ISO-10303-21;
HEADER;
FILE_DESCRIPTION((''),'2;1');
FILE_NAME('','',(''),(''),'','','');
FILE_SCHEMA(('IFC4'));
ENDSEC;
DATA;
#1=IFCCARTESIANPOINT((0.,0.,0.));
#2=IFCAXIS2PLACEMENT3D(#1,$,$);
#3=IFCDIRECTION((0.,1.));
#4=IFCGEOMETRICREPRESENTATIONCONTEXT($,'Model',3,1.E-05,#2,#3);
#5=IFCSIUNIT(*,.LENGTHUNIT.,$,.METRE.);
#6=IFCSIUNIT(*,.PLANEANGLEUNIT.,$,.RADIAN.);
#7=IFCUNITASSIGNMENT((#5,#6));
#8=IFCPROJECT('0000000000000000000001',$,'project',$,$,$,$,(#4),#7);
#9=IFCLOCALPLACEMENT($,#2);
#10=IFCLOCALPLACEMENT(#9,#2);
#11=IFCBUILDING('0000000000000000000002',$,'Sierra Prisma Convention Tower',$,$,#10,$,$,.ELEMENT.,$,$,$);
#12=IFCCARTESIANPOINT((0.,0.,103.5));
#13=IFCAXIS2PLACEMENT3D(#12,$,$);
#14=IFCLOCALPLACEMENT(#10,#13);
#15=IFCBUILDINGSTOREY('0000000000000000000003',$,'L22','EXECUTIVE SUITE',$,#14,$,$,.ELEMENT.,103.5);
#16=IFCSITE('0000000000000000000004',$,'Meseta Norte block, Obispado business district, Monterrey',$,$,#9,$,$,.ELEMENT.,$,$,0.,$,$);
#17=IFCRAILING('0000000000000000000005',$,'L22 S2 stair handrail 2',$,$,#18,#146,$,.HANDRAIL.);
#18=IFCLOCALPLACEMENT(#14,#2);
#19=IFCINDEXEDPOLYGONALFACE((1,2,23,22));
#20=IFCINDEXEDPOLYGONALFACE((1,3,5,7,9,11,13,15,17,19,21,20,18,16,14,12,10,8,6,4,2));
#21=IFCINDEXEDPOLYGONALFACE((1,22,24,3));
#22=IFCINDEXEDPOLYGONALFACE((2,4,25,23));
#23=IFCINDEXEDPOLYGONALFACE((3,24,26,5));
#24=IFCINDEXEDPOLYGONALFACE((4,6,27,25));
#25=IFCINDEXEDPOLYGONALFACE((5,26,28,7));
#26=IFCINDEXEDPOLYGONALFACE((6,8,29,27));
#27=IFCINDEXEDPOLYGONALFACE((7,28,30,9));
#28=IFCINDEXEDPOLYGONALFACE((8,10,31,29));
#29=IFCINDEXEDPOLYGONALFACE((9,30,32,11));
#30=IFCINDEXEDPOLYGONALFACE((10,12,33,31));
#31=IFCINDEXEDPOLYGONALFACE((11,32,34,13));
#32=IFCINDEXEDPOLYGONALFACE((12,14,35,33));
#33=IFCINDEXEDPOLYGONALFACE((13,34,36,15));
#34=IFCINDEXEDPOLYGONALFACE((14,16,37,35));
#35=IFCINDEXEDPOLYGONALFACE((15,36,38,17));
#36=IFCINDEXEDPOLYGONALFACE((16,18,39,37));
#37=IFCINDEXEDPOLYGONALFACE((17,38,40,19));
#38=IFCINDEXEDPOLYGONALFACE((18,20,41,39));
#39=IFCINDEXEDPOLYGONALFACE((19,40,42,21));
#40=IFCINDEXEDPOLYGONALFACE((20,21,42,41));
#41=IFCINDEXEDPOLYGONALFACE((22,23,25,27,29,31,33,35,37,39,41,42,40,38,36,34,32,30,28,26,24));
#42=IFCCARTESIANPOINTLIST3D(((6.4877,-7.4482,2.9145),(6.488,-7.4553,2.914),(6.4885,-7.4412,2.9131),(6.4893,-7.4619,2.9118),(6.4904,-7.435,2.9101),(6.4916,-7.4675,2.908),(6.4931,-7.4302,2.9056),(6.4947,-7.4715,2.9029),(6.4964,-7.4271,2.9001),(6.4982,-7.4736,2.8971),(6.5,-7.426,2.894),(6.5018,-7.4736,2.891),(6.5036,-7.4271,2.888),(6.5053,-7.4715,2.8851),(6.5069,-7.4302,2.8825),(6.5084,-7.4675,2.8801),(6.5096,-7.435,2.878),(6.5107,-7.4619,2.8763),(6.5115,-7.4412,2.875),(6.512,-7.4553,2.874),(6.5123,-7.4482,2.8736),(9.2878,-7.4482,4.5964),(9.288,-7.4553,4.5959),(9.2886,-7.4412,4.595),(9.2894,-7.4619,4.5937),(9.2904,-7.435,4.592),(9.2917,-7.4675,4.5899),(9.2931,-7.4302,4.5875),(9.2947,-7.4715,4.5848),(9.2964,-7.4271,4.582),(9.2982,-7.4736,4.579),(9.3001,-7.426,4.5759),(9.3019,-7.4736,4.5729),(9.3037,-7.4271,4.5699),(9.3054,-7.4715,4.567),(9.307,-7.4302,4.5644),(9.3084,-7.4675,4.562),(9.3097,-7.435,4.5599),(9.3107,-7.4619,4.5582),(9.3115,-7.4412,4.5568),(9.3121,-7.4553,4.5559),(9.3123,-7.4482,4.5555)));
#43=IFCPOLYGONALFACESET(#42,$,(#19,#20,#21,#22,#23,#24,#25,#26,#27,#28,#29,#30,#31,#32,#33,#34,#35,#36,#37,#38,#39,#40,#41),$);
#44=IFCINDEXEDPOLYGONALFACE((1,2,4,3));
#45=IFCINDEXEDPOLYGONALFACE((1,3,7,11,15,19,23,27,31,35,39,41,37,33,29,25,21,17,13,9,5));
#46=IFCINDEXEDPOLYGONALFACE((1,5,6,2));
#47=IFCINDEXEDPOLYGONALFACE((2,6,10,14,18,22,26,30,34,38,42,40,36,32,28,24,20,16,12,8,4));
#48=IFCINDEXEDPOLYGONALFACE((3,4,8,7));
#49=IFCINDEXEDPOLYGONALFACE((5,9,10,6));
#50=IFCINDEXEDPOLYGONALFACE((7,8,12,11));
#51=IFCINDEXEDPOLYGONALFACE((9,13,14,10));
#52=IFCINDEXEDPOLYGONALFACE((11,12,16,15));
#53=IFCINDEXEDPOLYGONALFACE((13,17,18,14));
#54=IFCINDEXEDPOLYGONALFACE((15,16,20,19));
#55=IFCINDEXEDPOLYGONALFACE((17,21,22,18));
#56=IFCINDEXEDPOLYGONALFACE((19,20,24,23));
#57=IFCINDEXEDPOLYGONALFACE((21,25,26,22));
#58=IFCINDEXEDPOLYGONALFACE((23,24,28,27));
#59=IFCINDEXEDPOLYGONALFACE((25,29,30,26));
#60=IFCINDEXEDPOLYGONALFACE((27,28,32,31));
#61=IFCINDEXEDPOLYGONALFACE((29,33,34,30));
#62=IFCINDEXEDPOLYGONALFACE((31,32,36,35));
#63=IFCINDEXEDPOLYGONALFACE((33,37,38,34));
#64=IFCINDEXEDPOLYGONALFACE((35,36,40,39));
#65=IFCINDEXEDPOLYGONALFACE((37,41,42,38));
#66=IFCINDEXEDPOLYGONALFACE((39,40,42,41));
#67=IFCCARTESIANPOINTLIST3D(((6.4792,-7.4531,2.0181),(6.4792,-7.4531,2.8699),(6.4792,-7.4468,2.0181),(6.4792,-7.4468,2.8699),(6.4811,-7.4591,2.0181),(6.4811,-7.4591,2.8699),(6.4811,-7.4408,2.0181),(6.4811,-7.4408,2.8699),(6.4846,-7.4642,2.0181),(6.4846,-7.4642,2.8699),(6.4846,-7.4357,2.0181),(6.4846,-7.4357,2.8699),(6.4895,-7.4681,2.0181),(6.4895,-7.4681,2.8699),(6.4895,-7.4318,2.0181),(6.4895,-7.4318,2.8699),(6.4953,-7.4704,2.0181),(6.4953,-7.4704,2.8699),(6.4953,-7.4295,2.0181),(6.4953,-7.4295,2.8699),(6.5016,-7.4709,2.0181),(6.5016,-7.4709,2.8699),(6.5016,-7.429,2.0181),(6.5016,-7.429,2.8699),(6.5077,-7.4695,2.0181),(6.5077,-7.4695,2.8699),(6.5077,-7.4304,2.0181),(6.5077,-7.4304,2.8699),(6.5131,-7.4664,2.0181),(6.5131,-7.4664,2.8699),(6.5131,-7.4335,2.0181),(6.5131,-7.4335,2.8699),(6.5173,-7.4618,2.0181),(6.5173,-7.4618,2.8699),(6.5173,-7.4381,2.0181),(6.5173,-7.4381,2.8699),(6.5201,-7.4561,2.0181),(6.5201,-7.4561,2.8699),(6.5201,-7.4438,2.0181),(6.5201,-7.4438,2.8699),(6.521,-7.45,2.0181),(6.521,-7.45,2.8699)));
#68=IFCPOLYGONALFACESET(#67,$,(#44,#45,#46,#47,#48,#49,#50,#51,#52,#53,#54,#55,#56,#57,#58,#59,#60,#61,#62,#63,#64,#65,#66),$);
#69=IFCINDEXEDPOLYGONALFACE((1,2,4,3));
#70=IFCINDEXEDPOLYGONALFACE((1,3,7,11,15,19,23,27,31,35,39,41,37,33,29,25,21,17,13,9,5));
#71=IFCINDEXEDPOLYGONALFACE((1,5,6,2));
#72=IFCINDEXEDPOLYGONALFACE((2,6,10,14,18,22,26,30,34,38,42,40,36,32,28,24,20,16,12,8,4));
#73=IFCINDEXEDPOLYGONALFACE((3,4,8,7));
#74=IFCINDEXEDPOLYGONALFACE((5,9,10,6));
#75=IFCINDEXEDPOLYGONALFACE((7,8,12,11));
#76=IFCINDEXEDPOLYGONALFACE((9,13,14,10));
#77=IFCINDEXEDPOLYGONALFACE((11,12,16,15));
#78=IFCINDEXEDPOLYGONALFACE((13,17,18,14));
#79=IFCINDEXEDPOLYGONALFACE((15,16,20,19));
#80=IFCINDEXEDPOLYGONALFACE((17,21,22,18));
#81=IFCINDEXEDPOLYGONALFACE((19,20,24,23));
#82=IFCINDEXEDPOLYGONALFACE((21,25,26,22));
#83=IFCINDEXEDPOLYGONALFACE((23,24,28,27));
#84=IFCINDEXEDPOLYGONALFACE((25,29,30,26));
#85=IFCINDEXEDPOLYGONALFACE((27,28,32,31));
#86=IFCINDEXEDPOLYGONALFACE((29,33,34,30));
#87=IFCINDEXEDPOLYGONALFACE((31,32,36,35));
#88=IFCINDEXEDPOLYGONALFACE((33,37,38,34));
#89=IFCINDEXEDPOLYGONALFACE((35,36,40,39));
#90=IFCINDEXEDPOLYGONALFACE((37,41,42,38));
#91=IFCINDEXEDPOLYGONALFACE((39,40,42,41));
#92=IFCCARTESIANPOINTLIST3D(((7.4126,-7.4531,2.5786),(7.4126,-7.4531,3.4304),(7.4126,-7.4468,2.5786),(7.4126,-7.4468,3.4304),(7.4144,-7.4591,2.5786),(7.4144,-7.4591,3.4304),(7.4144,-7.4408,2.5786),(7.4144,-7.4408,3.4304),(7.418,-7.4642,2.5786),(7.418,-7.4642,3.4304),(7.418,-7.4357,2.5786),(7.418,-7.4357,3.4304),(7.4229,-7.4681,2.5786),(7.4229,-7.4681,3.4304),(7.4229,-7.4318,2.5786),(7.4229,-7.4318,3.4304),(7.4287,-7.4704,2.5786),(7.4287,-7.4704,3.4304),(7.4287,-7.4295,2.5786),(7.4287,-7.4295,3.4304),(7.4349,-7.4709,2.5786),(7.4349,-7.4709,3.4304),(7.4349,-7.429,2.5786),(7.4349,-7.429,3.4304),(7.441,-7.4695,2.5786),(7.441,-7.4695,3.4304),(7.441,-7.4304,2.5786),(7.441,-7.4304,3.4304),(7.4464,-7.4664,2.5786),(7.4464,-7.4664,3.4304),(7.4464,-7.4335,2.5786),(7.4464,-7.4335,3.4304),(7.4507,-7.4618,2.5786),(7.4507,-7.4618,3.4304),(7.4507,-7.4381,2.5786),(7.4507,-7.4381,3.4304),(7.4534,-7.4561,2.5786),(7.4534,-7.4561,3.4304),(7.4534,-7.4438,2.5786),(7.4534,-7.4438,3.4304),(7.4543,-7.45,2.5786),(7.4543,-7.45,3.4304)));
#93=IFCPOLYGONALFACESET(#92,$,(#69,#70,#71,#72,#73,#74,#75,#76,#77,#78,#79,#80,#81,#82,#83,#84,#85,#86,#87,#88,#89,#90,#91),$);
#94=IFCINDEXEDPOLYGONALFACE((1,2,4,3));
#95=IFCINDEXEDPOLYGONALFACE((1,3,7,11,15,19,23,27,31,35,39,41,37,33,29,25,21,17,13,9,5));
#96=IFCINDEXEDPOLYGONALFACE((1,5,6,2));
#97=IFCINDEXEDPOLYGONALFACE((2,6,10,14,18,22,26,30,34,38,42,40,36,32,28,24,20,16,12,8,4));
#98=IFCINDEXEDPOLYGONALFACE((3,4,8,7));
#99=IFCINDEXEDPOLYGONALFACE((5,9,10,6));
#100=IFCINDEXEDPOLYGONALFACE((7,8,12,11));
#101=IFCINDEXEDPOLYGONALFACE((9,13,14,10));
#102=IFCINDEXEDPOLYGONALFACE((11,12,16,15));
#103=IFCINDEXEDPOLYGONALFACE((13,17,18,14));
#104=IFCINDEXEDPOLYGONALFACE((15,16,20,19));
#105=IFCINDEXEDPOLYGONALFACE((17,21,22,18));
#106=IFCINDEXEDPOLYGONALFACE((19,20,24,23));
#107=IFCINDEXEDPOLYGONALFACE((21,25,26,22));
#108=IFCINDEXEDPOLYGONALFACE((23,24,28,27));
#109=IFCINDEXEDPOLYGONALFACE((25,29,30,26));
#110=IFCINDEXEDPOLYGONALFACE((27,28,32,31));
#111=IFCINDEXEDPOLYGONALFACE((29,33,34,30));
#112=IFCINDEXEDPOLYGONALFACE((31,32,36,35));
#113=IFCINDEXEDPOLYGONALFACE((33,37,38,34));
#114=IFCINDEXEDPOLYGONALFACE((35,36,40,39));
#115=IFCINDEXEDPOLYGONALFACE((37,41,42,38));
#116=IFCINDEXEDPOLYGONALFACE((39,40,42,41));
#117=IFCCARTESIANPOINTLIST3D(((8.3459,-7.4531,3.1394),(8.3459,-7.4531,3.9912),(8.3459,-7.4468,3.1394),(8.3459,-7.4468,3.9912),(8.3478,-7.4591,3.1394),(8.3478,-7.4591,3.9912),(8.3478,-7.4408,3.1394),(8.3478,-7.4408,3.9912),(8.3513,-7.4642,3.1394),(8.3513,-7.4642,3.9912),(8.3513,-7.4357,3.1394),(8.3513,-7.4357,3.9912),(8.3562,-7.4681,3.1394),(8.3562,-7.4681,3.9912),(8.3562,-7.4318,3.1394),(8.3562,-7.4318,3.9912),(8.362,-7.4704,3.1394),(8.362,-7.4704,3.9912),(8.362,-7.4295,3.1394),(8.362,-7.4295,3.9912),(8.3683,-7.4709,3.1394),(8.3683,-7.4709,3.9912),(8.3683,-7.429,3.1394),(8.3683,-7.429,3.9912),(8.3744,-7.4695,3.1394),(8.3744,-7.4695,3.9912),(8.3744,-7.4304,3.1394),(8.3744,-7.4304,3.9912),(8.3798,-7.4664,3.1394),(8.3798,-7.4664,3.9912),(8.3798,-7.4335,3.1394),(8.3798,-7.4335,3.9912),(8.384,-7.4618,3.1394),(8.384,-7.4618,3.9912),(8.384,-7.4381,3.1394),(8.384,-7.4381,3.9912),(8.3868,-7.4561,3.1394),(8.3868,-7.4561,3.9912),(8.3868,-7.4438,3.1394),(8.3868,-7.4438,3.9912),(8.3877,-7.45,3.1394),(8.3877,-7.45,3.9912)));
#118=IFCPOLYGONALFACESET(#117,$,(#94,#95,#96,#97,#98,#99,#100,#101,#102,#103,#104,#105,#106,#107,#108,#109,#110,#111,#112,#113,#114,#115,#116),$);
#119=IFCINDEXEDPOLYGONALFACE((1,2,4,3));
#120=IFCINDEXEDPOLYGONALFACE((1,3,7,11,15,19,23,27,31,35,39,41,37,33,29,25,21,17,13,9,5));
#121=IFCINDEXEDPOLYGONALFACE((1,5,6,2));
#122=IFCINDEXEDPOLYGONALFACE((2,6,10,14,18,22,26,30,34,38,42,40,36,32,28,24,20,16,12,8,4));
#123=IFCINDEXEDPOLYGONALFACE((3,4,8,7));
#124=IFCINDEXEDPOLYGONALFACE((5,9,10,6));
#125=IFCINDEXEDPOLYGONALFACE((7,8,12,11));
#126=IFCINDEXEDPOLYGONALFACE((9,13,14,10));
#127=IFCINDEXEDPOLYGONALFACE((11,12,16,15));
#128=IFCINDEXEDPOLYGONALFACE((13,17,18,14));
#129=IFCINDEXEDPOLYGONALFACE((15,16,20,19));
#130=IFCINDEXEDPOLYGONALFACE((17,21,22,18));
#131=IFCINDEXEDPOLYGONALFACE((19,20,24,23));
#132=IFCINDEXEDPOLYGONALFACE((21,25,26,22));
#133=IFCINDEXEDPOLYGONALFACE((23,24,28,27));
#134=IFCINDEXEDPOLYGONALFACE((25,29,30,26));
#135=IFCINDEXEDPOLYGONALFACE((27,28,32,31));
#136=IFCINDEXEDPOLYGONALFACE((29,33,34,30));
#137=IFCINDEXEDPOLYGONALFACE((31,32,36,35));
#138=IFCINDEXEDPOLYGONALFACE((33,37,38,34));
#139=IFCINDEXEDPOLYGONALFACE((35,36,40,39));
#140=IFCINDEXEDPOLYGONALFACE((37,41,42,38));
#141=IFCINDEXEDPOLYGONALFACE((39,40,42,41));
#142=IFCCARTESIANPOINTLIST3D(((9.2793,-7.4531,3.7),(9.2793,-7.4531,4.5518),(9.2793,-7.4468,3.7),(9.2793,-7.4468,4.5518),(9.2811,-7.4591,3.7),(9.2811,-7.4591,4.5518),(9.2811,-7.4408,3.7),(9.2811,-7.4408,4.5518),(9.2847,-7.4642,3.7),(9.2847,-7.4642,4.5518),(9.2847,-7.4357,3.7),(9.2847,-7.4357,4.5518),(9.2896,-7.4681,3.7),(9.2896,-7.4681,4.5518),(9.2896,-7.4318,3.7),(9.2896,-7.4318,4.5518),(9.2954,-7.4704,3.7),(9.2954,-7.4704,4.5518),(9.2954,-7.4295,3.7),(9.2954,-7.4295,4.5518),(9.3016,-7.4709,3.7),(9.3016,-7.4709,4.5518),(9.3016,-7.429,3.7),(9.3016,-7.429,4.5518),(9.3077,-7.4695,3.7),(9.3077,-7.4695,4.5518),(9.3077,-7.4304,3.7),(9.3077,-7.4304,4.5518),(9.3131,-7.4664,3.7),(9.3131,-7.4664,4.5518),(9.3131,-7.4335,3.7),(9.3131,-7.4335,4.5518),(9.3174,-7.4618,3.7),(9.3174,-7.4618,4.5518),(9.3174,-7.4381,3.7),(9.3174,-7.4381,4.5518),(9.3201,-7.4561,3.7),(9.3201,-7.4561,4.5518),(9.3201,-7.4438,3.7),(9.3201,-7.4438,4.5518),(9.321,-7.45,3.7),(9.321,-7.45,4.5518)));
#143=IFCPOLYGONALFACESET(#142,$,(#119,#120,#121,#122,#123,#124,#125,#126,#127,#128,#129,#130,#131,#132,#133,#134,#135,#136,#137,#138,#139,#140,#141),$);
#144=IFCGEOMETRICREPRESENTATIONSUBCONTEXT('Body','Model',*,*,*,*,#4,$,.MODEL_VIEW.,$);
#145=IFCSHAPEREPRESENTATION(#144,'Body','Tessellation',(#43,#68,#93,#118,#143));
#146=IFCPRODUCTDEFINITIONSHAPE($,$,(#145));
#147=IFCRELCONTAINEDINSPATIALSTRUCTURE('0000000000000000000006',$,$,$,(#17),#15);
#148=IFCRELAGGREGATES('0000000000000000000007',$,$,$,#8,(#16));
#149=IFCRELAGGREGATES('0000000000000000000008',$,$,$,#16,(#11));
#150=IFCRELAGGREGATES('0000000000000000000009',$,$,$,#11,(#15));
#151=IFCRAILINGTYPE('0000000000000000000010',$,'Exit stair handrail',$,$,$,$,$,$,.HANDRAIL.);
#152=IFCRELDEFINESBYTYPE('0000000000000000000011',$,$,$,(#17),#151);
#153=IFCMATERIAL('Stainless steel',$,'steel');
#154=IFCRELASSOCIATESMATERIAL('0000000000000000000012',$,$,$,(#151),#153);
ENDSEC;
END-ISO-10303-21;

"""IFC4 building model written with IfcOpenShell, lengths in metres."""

from ifc_helpers import new_model, si_unit, direction, frame, origin, origin_2d, place, context, subcontext, project, spatial, circle, extrude, material, type_object, element, save


model = new_model("IFC4")

# Units and contexts
model_context = context("Model", 3, precision=1e-05, world=origin(), true_north=direction((0.0, 1.0)))
body_context = subcontext(model_context, "Body", "Model", "MODEL_VIEW")
ifc_project = project(units=[si_unit("LENGTHUNIT", "METRE"), si_unit("PLANEANGLEUNIT", "RADIAN")], contexts=[model_context])

# Site, building, storey
site_placement = place(None, origin())
site = spatial("IfcSite", under=ifc_project, at=site_placement, Name="Meseta Norte block, Obispado business district, Monterrey", CompositionType="ELEMENT", RefElevation=0.0)
building_placement = place(site_placement, origin())
building = spatial("IfcBuilding", under=site, at=building_placement, Name="Sierra Prisma Convention Tower", CompositionType="ELEMENT")
storey_placement = place(building_placement, frame((0.0, 0.0, 103.5)))
storey = spatial("IfcBuildingStorey", under=building, at=storey_placement, Name="L22", Description="EXECUTIVE SUITE", CompositionType="ELEMENT", Elevation=103.5)

# Railing
ifc_material_1 = material(Name="Stainless steel", Category="steel")
railing_type_1 = type_object("IfcRailingType", Name="Exit stair handrail", PredefinedType="HANDRAIL", material=ifc_material_1)
railing_1_placement = place(storey_placement, frame((6.5, -7.45, 2.0181)))
element("IfcRailing", 1, at=railing_1_placement, inside=storey, type_object=railing_type_1, Name="L22 S2 stair handrail 2", PredefinedType="HANDRAIL", context=body_context, shape_type="SweptSolid", body=[
    extrude(circle(Radius=0.0239, at=origin_2d()), frame((0.0, 0.0, 0.876), z_axis=(0.857242, 0.0, 0.514913), x_axis=(0.0, 1.0, 0.0)), (0.0, 0.0, 1.0), 3.2664),
    extrude(circle(Radius=0.021, at=origin_2d()), origin(), (0.0, 0.0, 1.0), 0.8518),
    extrude(circle(Radius=0.021, at=origin_2d()), frame((0.9333, 0.0, 0.5605)), (0.0, 0.0, 1.0), 0.8518),
    extrude(circle(Radius=0.021, at=origin_2d()), frame((1.8667, 0.0, 1.1213)), (0.0, 0.0, 1.0), 0.8518),
    extrude(circle(Radius=0.021, at=origin_2d()), frame((2.8, 0.0, 1.6819)), (0.0, 0.0, 1.0), 0.8518),
])

save(model, "model.ifc")
